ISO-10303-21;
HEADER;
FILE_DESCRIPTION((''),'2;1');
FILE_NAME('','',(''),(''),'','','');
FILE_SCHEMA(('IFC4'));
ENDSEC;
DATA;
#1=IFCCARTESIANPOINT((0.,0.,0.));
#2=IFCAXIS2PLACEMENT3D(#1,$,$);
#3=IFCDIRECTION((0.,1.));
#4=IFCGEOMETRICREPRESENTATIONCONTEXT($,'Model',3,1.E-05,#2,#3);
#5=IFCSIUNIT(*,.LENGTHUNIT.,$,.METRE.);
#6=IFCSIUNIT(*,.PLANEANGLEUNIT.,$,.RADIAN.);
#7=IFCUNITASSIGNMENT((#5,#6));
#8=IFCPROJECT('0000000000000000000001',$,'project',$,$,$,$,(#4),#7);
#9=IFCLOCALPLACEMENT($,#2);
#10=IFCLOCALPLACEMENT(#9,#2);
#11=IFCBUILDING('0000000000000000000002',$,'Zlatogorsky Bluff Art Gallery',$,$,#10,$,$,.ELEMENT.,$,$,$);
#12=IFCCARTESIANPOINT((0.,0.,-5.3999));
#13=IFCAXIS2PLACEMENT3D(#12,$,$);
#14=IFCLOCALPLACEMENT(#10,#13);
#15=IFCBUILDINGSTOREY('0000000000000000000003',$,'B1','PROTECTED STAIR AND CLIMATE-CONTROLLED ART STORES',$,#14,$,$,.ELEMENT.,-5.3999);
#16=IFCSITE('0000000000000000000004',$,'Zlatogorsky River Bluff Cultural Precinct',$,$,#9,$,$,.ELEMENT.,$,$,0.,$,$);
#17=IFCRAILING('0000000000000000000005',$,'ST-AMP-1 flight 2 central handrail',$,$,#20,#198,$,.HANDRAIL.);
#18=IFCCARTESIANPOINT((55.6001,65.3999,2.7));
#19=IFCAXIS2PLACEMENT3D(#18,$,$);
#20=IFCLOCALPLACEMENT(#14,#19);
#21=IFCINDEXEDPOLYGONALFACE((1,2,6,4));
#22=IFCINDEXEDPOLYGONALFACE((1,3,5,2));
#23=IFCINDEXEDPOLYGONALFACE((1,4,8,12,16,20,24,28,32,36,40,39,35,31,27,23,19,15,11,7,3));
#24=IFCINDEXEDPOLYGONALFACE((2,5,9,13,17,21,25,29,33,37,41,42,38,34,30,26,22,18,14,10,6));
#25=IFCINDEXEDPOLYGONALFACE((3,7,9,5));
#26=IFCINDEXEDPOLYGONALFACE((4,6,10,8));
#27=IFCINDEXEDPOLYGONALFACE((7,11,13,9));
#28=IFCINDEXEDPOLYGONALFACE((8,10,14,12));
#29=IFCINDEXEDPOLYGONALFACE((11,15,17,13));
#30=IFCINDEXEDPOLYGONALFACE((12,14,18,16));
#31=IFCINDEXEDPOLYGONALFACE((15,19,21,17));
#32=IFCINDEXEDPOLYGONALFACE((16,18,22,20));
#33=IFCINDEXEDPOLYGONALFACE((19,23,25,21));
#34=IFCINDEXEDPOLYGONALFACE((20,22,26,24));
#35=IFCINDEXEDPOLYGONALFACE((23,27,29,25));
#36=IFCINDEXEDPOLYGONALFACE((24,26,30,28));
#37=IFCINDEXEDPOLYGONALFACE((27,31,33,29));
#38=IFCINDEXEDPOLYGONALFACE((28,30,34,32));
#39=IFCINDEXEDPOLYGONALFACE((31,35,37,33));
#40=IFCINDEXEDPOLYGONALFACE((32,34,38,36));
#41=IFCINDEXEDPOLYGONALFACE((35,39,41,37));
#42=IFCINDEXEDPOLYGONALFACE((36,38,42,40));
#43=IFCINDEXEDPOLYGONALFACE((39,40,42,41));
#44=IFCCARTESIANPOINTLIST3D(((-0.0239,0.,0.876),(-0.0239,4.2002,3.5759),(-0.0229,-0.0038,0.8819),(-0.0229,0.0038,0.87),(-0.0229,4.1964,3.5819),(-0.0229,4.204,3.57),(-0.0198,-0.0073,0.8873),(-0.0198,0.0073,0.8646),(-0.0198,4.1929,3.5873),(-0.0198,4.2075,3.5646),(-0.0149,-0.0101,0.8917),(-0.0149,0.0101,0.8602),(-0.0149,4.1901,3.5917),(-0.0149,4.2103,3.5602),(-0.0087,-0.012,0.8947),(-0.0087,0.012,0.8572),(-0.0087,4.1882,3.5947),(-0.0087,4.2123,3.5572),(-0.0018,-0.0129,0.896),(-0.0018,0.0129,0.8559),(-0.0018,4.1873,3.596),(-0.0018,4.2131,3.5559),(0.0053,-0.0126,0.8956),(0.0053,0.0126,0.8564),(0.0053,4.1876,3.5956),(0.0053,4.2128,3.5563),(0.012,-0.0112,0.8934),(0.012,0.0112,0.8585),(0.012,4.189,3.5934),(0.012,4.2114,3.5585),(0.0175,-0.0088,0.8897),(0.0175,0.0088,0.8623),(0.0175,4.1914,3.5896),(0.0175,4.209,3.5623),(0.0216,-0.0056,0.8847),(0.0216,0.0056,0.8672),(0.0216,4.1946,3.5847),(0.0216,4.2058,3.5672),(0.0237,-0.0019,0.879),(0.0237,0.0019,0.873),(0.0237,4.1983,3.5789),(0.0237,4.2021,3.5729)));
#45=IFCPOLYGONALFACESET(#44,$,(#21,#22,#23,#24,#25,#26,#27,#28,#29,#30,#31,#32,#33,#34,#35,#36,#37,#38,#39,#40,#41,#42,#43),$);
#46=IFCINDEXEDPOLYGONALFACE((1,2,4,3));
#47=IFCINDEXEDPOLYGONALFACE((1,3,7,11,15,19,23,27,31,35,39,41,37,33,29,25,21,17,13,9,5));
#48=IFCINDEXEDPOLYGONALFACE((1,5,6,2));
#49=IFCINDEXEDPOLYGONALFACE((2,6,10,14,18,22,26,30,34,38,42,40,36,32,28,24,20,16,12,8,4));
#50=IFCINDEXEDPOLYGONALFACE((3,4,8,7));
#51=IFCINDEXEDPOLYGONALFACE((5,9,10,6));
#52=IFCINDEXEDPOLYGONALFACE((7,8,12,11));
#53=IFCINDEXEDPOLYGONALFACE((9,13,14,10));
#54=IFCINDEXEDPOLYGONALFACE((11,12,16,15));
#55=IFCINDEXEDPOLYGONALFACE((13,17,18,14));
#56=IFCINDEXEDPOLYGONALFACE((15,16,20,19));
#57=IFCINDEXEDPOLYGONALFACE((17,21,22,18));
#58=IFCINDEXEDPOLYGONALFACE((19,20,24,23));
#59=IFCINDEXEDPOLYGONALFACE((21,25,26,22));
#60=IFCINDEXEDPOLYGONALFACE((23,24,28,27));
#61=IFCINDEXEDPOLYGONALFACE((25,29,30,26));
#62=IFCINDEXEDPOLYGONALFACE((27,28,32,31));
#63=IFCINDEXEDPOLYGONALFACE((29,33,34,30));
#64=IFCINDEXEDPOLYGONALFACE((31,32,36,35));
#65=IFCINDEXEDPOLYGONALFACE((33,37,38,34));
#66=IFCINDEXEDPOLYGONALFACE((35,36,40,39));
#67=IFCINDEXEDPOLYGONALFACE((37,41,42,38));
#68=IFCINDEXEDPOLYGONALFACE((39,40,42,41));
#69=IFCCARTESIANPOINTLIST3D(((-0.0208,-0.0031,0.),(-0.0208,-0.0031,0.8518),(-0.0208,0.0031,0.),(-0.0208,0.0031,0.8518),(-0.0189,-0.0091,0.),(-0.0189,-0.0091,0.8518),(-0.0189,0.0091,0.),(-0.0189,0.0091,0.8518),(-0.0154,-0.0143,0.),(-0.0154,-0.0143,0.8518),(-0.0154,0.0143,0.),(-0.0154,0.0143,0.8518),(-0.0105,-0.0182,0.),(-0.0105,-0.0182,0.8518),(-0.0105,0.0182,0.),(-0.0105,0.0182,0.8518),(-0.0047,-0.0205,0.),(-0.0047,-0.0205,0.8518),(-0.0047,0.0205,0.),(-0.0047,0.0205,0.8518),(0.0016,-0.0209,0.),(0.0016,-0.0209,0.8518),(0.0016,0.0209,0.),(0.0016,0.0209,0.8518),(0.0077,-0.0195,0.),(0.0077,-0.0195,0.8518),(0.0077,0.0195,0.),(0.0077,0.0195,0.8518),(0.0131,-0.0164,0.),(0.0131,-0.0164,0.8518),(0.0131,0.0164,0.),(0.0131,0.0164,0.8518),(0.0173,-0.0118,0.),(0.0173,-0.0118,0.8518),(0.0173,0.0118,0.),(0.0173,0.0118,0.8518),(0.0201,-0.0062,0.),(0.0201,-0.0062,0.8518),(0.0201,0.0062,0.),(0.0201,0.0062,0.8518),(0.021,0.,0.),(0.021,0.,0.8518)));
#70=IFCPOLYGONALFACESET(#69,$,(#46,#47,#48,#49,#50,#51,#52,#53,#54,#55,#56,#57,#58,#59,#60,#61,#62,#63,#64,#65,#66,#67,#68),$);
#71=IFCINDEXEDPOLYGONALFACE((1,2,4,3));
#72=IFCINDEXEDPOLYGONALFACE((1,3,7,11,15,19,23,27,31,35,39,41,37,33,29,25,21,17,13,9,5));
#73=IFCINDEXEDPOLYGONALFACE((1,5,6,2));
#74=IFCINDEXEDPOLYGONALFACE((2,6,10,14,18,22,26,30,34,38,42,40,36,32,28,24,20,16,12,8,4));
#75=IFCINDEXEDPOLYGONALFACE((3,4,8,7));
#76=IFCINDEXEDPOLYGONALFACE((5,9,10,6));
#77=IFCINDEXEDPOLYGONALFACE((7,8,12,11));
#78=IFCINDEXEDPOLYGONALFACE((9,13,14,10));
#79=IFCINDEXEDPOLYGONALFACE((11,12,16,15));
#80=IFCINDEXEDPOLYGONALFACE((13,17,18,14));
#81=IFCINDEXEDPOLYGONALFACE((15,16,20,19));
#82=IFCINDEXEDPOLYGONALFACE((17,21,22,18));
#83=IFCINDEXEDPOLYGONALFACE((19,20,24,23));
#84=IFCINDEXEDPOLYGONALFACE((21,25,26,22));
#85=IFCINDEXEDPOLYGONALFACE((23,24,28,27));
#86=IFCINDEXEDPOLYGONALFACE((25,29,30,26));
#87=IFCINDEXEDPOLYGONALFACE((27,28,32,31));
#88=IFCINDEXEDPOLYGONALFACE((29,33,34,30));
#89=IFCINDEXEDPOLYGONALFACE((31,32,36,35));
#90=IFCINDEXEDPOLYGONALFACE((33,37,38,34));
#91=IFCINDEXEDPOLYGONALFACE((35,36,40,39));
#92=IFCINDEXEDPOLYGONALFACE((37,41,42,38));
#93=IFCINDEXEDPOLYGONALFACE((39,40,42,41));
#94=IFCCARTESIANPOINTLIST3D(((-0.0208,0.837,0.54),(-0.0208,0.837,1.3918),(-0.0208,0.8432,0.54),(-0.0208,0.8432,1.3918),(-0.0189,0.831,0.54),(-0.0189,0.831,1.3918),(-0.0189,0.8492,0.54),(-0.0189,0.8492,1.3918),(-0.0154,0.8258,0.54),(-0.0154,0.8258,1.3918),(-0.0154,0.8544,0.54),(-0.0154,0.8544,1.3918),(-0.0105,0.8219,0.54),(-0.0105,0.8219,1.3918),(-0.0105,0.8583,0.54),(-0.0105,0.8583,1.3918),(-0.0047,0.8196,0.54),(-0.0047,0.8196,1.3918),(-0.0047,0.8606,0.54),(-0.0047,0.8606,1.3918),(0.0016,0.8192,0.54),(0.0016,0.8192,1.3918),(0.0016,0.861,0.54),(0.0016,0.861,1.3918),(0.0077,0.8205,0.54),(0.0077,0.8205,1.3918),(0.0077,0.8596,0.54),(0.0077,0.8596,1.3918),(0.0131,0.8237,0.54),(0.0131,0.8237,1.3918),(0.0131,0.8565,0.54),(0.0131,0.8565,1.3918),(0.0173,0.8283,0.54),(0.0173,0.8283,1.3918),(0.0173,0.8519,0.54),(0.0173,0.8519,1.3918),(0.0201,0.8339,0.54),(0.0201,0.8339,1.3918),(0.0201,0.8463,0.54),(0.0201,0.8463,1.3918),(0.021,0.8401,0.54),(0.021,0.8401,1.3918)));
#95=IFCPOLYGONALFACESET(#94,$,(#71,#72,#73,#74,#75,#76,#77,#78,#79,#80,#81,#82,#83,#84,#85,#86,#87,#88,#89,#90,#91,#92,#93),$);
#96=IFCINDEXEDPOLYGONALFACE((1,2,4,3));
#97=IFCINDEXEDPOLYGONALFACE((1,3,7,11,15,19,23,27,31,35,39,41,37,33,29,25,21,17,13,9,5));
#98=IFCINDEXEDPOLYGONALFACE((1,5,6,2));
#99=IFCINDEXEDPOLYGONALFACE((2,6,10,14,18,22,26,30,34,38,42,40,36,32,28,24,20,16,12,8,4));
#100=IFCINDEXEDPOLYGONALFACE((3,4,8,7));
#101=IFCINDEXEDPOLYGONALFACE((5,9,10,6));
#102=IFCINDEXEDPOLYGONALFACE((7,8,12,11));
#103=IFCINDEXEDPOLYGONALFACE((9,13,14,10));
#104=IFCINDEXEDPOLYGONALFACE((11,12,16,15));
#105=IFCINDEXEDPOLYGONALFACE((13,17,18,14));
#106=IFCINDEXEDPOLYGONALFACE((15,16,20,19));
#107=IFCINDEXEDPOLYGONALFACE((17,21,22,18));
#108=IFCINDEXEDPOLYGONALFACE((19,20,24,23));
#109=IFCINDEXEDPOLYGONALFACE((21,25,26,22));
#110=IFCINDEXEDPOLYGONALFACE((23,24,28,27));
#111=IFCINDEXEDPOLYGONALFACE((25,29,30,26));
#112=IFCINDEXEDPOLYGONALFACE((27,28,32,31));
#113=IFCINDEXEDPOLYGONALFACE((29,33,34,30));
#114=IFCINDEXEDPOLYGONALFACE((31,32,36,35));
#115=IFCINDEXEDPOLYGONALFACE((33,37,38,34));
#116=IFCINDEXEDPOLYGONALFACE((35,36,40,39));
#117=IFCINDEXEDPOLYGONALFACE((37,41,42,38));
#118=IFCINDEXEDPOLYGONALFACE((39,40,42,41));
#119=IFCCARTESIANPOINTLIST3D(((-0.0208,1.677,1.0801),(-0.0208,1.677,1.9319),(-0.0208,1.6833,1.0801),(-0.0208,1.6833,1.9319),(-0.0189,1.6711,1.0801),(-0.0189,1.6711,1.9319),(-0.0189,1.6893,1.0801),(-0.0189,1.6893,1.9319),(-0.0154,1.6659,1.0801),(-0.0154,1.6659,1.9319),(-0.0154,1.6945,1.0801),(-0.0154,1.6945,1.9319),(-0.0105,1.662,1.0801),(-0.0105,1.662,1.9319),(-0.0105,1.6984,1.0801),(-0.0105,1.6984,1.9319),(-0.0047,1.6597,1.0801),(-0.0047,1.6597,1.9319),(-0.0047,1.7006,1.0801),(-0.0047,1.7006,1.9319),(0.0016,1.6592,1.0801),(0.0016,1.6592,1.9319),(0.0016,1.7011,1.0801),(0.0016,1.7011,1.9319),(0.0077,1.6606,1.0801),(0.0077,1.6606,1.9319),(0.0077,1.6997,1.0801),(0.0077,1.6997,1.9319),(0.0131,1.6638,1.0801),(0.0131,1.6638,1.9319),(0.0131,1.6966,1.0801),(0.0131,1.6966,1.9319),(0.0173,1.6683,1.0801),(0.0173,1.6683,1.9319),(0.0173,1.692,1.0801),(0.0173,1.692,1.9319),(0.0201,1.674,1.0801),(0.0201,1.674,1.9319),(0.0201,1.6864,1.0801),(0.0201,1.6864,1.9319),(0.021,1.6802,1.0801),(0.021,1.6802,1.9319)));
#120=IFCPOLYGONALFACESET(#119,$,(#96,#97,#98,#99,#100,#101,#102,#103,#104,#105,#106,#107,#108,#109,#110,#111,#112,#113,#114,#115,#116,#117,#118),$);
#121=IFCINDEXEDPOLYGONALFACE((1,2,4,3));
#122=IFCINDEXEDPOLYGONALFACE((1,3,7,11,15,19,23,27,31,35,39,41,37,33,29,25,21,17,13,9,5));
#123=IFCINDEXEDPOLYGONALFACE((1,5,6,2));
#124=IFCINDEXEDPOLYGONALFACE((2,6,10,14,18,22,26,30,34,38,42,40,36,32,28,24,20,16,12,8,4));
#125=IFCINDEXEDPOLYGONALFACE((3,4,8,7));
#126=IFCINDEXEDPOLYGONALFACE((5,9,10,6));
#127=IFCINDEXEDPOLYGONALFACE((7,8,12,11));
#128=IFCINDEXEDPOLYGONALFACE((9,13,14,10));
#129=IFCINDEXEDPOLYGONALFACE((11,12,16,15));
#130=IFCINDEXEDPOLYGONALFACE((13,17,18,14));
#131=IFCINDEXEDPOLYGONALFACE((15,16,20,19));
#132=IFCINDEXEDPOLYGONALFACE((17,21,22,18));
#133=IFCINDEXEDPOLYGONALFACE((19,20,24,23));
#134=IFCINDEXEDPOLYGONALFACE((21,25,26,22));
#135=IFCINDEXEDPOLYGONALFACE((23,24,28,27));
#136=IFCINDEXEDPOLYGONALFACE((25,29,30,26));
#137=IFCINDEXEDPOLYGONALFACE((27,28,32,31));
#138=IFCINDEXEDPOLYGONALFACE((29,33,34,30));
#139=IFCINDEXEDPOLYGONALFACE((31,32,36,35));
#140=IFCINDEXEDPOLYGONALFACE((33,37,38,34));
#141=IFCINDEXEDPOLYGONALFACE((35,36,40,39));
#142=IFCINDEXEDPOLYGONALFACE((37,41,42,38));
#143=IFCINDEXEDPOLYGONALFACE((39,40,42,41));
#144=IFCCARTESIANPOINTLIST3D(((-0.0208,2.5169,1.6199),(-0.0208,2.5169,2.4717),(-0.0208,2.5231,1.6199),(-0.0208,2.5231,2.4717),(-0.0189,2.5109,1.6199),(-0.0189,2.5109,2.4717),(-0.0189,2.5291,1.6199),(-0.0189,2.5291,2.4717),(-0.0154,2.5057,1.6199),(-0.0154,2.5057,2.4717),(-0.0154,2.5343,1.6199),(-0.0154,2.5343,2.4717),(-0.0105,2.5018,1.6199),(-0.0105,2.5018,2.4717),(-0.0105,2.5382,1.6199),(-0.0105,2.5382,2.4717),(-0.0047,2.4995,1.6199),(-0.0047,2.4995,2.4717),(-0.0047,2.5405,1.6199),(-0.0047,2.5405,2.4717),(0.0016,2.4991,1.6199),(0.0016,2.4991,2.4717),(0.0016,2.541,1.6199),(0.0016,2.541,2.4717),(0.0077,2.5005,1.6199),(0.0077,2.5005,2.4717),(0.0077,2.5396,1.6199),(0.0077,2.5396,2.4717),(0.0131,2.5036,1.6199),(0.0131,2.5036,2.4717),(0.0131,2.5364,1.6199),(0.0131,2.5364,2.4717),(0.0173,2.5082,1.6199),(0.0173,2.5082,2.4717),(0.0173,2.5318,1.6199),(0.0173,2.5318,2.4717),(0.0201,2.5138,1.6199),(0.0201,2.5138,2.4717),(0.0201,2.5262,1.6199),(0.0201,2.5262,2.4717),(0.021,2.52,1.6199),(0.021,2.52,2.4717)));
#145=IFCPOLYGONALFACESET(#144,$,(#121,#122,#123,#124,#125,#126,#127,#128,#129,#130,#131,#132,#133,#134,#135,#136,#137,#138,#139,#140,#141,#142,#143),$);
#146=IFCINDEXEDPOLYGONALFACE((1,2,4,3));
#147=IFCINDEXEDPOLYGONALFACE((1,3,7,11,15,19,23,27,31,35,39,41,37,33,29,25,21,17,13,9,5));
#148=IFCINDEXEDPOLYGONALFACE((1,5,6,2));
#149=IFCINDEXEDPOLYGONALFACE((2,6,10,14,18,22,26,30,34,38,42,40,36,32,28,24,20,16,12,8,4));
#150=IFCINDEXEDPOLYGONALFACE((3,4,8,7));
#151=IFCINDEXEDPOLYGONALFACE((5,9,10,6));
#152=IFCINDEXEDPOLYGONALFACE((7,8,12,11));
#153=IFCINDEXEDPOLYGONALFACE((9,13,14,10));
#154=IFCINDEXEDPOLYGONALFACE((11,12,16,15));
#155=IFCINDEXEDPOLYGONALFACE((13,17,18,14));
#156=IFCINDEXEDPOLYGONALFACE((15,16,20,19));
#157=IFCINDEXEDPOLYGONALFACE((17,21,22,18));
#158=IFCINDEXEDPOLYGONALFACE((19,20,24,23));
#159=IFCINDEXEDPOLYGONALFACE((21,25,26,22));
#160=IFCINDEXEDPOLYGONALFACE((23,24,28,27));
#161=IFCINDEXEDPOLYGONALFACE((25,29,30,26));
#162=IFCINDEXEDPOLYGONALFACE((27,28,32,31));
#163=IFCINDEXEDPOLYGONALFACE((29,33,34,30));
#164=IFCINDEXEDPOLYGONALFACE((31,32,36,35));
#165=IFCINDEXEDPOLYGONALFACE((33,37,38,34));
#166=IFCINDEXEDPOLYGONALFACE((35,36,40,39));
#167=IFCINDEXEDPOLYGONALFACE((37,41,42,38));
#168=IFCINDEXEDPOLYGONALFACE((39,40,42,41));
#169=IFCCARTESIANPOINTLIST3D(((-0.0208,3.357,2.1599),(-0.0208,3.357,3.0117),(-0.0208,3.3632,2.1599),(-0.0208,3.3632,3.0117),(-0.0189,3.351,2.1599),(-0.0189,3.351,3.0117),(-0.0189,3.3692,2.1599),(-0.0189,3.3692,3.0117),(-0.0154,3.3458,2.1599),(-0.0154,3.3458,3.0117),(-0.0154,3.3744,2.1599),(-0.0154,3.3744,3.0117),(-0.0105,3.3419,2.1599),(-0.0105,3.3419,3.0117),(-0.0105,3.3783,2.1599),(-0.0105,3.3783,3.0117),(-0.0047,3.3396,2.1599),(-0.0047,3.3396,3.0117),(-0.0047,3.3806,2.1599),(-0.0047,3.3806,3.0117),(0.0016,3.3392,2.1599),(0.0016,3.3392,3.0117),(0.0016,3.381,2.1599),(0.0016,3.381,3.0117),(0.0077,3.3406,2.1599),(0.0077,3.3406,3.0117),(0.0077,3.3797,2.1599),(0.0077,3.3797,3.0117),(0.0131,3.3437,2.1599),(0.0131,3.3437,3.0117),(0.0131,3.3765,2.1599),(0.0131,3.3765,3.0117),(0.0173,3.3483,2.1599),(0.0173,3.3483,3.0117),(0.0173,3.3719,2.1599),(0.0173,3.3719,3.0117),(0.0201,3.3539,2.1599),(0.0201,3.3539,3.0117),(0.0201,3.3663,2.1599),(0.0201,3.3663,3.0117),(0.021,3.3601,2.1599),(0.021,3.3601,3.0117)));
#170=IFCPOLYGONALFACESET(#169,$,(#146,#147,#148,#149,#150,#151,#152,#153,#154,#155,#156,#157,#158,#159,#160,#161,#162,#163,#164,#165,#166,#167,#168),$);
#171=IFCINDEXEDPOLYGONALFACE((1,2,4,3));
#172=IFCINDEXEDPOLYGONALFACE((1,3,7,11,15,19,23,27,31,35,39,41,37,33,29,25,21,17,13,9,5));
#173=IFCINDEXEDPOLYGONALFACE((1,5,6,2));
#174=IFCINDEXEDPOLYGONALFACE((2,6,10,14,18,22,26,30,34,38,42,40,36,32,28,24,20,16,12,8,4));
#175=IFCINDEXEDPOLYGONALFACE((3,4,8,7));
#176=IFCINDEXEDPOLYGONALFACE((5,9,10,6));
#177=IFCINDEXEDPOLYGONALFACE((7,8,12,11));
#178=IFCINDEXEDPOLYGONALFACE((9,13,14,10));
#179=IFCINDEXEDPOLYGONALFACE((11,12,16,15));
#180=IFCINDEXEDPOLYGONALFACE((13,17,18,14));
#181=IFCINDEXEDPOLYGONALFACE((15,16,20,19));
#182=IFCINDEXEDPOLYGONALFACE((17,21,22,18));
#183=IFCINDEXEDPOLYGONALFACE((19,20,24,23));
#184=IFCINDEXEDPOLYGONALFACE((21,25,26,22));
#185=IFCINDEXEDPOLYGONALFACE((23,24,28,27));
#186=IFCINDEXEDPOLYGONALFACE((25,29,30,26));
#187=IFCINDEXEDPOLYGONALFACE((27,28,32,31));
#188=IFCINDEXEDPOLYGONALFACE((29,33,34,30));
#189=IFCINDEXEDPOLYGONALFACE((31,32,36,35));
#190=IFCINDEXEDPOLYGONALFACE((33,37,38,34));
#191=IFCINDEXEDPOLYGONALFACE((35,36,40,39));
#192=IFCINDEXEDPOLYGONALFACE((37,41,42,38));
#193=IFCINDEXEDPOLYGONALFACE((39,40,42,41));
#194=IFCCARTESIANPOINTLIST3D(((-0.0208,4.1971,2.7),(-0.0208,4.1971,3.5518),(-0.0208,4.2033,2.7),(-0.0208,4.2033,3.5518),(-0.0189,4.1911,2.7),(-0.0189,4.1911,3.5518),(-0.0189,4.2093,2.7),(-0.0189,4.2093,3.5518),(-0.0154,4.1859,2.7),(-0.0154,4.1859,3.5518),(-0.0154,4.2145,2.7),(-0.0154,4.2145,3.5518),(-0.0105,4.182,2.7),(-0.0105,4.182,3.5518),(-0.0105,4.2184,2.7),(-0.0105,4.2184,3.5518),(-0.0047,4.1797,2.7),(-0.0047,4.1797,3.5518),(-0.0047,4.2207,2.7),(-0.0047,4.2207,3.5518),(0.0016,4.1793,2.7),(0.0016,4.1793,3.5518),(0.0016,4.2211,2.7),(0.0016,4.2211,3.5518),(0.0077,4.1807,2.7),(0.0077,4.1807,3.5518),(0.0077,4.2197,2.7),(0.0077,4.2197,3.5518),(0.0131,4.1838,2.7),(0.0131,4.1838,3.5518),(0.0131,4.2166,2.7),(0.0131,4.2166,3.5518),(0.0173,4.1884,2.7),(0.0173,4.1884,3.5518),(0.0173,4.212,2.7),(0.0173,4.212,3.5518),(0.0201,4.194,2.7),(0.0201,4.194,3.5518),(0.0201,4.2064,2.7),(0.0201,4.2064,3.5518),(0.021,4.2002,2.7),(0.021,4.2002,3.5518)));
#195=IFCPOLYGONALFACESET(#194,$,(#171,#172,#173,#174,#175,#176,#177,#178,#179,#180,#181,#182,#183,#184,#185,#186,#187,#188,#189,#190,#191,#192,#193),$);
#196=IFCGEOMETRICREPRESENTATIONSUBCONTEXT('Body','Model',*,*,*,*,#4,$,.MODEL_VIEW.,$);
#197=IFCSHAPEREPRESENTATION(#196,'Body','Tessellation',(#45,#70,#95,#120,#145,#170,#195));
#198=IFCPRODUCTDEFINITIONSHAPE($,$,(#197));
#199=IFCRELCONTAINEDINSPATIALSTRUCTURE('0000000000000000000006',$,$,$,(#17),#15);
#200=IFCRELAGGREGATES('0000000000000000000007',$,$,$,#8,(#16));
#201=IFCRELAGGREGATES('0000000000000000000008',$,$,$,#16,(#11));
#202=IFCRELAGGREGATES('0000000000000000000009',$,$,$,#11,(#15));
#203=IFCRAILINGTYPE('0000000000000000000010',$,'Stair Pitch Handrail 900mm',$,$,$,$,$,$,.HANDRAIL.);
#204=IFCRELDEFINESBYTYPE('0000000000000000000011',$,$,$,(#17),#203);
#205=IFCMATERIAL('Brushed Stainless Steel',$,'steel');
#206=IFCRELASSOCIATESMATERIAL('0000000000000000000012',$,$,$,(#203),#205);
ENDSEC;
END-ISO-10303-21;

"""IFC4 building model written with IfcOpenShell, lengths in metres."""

from ifc_helpers import new_model, si_unit, direction, frame, origin, origin_2d, place, context, subcontext, project, spatial, circle, extrude, material, type_object, element, save


model = new_model("IFC4")

# Units and contexts
model_context = context("Model", 3, precision=1e-05, world=origin(), true_north=direction((0.0, 1.0)))
body_context = subcontext(model_context, "Body", "Model", "MODEL_VIEW")
ifc_project = project(units=[si_unit("LENGTHUNIT", "METRE"), si_unit("PLANEANGLEUNIT", "RADIAN")], contexts=[model_context])

# Site, building, storey
site_placement = place(None, origin())
site = spatial("IfcSite", under=ifc_project, at=site_placement, Name="Zlatogorsky River Bluff Cultural Precinct", CompositionType="ELEMENT", RefElevation=0.0)
building_placement = place(site_placement, origin())
building = spatial("IfcBuilding", under=site, at=building_placement, Name="Zlatogorsky Bluff Art Gallery", CompositionType="ELEMENT")
storey_placement = place(building_placement, frame((0.0, 0.0, -5.3999)))
storey = spatial("IfcBuildingStorey", under=building, at=storey_placement, Name="B1", Description="PROTECTED STAIR AND CLIMATE-CONTROLLED ART STORES", CompositionType="ELEMENT", Elevation=-5.3999)

# Railing
ifc_material_1 = material(Name="Brushed Stainless Steel", Category="steel")
railing_type_1 = type_object("IfcRailingType", Name="Stair Pitch Handrail 900mm", PredefinedType="HANDRAIL", material=ifc_material_1)
railing_1_placement = place(storey_placement, frame((55.6001, 65.3999, 2.7)))
element("IfcRailing", 1, at=railing_1_placement, inside=storey, type_object=railing_type_1, Name="ST-AMP-1 flight 2 central handrail", PredefinedType="HANDRAIL", context=body_context, shape_type="SweptSolid", body=[
    extrude(circle(Radius=0.0239, at=origin_2d()), frame((0.0, 0.0, 0.876), z_axis=(0.0, 0.841194, 0.540733), x_axis=(-1.0, 0.0, 0.0)), (0.0, 0.0, 1.0), 4.9932),
    extrude(circle(Radius=0.021, at=origin_2d()), origin(), (0.0, 0.0, 1.0), 0.8518),
    extrude(circle(Radius=0.021, at=origin_2d()), frame((0.0, 0.8401, 0.54)), (0.0, 0.0, 1.0), 0.8518),
    extrude(circle(Radius=0.021, at=origin_2d()), frame((0.0, 1.6802, 1.0801)), (0.0, 0.0, 1.0), 0.8518),
    extrude(circle(Radius=0.021, at=origin_2d()), frame((0.0, 2.52, 1.6199)), (0.0, 0.0, 1.0), 0.8518),
    extrude(circle(Radius=0.021, at=origin_2d()), frame((0.0, 3.3601, 2.1599)), (0.0, 0.0, 1.0), 0.8518),
    extrude(circle(Radius=0.021, at=origin_2d()), frame((0.0, 4.2002, 2.7)), (0.0, 0.0, 1.0), 0.8518),
])

save(model, "model.ifc")
